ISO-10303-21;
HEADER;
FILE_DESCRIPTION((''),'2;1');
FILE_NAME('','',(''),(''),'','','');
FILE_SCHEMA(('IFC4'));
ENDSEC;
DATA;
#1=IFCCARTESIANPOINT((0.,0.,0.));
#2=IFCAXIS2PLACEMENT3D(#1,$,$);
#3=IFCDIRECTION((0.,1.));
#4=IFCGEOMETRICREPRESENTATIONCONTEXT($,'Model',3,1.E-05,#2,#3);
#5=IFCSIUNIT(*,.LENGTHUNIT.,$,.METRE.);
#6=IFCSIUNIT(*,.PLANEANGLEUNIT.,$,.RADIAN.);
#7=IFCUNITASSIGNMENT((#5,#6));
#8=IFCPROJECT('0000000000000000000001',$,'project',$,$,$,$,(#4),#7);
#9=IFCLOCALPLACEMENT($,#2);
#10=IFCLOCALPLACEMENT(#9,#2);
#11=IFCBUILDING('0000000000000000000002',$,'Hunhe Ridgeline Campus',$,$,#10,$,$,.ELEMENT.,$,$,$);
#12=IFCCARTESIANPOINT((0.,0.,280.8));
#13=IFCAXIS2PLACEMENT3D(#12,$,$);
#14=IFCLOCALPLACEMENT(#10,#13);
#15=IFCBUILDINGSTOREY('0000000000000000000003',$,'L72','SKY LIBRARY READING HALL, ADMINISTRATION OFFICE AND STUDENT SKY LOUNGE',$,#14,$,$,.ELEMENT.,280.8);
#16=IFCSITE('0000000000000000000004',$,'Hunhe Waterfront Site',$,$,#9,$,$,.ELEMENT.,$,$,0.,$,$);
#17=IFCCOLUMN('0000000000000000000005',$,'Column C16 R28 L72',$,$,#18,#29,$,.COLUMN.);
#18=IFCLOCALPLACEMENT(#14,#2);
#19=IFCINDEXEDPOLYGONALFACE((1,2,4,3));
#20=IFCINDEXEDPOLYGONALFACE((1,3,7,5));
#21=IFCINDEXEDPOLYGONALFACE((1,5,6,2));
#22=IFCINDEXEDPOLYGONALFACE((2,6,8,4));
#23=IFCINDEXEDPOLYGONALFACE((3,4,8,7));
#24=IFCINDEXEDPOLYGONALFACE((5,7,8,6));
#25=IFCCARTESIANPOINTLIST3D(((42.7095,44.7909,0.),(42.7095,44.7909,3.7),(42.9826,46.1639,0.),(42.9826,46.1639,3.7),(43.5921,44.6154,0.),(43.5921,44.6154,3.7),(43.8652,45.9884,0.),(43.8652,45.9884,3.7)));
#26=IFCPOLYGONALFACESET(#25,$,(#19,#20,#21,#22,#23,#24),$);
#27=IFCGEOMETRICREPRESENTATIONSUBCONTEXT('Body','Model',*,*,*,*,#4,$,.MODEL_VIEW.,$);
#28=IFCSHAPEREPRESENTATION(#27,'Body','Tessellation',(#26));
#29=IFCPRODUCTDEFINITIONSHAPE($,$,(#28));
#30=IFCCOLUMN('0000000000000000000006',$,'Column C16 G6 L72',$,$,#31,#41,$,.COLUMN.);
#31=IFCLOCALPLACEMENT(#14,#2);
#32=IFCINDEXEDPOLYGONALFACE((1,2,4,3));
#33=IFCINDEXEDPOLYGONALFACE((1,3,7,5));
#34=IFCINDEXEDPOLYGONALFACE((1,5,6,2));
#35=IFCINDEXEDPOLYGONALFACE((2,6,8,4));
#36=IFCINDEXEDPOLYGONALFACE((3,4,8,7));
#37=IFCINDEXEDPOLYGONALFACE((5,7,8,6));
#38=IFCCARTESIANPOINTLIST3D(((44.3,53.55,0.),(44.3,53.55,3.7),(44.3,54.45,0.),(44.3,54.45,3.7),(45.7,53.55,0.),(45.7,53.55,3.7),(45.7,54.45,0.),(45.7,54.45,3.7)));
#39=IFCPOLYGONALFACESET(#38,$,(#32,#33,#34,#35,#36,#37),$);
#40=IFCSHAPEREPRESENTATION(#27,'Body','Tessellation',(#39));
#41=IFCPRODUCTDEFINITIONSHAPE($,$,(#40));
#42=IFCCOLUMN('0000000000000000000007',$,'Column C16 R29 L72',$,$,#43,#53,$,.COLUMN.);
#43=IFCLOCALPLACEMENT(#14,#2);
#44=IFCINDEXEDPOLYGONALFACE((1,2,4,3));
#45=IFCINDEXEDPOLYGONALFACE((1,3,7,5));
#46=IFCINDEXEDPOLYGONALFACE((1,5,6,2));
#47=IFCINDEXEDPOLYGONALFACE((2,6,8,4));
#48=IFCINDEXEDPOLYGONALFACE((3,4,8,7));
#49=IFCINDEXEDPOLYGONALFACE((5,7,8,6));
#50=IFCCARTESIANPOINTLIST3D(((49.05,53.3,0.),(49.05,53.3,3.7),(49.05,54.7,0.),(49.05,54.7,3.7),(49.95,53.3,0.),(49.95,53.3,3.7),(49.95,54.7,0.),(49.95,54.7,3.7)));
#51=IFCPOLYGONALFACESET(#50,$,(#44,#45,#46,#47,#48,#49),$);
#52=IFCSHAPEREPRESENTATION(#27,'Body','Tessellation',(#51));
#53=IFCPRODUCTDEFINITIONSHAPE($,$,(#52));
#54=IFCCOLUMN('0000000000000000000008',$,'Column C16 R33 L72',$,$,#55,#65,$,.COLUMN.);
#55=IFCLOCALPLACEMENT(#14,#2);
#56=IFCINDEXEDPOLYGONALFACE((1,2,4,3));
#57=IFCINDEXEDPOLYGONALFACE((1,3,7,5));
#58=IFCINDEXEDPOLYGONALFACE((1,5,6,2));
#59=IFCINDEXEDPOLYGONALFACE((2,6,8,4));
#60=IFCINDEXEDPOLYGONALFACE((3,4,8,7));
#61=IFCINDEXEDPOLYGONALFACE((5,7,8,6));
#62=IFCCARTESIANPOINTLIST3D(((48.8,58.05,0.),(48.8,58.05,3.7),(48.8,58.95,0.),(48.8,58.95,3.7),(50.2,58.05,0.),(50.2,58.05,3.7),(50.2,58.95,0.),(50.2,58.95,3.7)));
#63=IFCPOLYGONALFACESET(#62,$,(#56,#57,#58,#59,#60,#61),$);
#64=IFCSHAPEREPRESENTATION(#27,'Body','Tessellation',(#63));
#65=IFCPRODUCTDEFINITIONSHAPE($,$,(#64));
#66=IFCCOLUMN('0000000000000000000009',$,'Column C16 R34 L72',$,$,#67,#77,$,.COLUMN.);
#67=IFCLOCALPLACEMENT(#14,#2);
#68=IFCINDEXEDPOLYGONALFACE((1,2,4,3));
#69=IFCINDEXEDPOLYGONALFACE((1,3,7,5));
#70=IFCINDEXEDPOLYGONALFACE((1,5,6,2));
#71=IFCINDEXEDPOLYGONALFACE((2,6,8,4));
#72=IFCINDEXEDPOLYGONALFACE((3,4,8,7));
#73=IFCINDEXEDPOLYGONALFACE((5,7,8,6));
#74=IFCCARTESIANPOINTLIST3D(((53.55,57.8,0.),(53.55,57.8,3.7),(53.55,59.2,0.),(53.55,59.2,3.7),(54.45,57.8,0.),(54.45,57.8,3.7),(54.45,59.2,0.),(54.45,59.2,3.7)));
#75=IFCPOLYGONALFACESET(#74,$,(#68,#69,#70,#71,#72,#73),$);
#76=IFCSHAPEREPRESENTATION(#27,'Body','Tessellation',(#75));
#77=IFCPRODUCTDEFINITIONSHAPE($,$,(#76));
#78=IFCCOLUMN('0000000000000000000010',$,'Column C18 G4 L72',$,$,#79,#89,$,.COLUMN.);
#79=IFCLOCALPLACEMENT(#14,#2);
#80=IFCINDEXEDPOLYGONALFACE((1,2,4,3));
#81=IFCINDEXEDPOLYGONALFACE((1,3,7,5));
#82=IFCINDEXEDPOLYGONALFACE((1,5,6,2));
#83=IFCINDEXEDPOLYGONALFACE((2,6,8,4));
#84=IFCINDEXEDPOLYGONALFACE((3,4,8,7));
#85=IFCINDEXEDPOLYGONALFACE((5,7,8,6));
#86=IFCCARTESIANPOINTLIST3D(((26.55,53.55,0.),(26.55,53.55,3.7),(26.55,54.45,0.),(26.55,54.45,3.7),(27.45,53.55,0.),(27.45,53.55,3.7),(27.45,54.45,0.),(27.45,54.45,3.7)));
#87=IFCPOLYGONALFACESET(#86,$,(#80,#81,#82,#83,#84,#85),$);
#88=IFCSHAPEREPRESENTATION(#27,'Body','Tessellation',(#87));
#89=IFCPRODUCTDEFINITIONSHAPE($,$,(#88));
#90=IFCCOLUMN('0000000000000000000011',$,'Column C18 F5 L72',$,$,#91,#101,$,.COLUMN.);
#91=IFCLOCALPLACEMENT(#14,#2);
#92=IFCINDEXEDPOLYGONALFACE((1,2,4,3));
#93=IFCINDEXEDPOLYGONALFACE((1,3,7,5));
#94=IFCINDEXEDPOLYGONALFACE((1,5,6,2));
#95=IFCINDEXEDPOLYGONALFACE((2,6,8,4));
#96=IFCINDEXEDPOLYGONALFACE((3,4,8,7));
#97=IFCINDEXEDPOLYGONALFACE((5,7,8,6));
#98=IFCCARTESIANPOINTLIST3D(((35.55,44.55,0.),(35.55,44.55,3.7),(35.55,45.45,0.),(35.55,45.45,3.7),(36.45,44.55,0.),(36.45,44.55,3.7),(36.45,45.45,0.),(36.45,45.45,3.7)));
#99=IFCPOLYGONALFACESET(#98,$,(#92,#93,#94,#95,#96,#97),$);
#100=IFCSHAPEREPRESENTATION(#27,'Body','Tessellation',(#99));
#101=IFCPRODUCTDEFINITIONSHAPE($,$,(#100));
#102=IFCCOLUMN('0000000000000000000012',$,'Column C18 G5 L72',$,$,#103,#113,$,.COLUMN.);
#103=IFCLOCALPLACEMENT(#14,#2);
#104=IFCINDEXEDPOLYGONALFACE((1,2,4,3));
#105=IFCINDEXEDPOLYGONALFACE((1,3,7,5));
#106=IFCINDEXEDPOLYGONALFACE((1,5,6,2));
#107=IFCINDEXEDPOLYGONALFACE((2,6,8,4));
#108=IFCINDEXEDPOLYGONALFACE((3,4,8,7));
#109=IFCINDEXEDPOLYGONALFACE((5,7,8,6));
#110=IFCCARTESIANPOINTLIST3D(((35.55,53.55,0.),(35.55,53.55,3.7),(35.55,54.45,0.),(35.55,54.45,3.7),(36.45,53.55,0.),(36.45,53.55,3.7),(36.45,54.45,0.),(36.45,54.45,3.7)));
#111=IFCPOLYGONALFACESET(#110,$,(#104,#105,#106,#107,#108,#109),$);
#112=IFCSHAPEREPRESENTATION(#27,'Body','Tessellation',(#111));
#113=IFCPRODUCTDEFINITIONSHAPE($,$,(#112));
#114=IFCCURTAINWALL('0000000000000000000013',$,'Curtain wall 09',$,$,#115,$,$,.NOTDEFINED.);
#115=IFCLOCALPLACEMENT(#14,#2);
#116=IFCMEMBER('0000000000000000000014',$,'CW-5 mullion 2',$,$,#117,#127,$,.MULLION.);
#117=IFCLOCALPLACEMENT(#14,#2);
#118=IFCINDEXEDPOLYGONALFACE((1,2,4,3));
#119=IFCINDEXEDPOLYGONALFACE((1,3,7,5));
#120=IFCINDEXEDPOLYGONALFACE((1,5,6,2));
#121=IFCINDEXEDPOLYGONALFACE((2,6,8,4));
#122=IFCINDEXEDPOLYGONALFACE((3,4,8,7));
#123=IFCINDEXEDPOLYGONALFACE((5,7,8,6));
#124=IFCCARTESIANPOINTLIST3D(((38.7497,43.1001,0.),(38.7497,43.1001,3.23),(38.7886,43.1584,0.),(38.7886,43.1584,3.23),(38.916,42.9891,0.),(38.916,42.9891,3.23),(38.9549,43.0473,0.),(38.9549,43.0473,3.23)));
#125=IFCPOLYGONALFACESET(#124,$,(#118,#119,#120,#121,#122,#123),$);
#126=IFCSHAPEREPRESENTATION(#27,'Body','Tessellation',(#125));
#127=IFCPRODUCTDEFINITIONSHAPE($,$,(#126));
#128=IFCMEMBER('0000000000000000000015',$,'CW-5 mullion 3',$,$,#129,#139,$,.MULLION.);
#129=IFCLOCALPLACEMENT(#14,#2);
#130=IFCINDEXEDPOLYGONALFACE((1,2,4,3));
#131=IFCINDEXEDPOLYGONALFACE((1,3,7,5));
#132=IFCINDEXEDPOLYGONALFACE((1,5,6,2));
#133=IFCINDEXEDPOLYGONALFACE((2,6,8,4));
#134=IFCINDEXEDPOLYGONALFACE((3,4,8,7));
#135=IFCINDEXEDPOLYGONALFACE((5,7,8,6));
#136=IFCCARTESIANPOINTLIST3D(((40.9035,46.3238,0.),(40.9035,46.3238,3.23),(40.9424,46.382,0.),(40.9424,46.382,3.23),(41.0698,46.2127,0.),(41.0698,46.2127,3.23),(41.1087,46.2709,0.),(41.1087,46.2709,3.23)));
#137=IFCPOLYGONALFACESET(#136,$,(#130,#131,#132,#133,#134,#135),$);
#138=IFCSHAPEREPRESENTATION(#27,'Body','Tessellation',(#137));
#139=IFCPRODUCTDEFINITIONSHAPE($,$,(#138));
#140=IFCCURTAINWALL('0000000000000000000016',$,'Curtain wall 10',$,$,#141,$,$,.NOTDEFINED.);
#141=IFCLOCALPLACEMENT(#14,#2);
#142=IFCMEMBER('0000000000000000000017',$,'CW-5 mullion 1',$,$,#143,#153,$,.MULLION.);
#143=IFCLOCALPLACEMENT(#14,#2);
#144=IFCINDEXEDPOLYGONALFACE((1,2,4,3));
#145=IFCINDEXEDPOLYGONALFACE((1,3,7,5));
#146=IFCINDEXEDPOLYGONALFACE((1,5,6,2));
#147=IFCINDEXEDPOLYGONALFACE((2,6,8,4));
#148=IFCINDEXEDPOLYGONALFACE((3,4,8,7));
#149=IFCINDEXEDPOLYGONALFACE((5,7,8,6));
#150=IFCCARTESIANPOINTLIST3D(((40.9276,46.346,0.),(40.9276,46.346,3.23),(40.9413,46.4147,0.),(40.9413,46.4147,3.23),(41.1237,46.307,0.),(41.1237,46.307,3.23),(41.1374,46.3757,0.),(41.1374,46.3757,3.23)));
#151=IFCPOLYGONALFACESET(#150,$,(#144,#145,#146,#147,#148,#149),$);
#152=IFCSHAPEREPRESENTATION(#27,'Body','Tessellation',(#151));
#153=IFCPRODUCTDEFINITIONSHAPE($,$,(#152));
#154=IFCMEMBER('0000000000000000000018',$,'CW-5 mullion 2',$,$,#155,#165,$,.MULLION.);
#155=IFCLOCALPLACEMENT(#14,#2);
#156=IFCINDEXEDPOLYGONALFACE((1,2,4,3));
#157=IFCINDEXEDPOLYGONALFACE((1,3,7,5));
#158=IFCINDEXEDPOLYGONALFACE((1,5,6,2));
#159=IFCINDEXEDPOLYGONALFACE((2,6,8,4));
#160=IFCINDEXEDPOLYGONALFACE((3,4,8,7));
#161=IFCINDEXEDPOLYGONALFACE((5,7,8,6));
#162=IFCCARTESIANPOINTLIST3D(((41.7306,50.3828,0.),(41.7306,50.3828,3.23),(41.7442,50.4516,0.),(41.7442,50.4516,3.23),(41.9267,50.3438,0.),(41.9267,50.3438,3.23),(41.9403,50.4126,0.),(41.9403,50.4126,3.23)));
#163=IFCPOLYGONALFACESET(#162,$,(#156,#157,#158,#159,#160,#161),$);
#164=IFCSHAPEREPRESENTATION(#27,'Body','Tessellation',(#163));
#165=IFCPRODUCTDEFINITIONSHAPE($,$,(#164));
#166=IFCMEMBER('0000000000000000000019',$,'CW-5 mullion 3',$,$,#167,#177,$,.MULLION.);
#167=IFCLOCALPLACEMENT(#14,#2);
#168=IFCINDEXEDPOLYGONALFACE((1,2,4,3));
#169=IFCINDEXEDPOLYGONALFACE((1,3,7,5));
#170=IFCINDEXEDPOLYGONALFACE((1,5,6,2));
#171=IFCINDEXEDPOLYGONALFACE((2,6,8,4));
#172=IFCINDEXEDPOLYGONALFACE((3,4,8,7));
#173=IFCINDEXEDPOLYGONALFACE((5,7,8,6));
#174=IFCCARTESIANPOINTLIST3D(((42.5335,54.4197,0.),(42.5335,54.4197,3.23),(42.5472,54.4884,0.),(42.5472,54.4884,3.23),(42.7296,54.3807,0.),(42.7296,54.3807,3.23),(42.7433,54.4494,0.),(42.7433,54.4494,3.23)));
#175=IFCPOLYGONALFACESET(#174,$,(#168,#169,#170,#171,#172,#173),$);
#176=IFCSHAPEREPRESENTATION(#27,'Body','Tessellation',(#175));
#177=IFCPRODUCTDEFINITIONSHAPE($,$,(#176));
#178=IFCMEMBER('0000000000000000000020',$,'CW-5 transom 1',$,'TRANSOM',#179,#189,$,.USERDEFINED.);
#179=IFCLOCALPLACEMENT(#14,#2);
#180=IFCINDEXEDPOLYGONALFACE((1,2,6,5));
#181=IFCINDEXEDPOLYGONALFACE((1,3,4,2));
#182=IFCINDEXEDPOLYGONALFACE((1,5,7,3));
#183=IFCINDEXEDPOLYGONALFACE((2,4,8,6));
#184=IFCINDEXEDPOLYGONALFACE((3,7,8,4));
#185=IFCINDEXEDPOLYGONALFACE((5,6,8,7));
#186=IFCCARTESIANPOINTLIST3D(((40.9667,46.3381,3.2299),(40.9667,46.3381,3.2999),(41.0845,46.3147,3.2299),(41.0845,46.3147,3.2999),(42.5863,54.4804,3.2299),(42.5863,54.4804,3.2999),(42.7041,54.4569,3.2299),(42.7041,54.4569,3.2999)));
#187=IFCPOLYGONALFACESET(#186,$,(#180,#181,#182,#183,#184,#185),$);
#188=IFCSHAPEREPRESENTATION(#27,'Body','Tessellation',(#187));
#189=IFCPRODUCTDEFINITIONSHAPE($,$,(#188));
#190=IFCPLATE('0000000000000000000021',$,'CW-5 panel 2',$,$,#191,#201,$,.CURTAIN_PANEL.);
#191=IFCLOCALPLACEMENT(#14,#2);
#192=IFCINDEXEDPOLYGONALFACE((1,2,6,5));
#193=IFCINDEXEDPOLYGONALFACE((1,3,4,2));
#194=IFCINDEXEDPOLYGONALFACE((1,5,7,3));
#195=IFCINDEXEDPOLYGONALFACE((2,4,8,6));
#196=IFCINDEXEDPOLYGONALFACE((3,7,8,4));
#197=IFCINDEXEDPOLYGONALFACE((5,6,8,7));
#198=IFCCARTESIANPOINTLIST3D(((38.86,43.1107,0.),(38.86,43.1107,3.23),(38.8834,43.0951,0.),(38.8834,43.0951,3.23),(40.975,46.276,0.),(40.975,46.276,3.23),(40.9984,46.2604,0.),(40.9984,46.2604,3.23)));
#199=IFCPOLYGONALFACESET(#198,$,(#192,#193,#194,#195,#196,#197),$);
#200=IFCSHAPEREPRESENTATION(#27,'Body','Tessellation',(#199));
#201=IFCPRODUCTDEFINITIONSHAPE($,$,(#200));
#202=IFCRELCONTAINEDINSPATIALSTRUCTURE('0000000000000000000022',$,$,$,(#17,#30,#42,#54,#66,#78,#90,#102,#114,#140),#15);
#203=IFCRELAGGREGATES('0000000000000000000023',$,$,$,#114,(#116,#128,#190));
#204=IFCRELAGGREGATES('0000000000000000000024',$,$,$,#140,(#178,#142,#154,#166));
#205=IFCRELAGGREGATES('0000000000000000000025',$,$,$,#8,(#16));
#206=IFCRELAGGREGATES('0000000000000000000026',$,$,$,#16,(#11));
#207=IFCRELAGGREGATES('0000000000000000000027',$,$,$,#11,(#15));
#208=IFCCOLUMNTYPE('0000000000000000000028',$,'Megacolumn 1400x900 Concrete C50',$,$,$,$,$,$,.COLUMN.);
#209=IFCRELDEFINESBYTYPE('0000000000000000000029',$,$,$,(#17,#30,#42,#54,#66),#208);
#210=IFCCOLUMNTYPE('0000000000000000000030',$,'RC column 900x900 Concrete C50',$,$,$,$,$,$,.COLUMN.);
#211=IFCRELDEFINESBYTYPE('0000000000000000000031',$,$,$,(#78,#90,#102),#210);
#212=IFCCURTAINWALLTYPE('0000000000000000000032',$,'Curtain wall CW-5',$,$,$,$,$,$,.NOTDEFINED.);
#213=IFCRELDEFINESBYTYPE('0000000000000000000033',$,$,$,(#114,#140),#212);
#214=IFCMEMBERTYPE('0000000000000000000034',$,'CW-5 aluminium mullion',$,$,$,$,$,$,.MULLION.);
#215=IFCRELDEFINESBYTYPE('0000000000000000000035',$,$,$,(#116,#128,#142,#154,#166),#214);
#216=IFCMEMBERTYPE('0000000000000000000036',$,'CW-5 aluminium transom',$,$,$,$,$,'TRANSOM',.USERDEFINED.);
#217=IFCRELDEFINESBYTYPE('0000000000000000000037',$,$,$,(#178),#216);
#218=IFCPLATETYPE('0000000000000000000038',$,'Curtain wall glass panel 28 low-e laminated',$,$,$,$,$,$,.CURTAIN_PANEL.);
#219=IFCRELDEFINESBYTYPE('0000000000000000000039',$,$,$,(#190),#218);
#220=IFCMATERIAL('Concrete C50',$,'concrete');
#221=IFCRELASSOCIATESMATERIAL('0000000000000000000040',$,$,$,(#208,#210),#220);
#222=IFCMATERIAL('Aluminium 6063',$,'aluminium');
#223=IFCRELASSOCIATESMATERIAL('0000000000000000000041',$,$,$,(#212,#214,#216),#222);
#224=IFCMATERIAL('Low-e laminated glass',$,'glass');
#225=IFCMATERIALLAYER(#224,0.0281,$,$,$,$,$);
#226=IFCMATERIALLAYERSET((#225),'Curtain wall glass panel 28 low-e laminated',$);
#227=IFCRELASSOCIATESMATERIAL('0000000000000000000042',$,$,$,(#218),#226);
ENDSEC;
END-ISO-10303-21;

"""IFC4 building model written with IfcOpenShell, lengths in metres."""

from ifc_helpers import new_model, si_unit, direction, frame, origin, origin_2d, place, context, subcontext, project, spatial, rectangle, extrude, material, layer, layer_set, material_profile, profile_set, type_object, element, aggregate, save


model = new_model("IFC4")

# Units and contexts
model_context = context("Model", 3, precision=1e-05, world=origin(), true_north=direction((0.0, 1.0)))
body_context = subcontext(model_context, "Body", "Model", "MODEL_VIEW")
ifc_project = project(units=[si_unit("LENGTHUNIT", "METRE"), si_unit("PLANEANGLEUNIT", "RADIAN")], contexts=[model_context])

# Site, building, storey
site_placement = place(None, origin())
site = spatial("IfcSite", under=ifc_project, at=site_placement, Name="Hunhe Waterfront Site", CompositionType="ELEMENT", RefElevation=0.0)
building_placement = place(site_placement, origin())
building = spatial("IfcBuilding", under=site, at=building_placement, Name="Hunhe Ridgeline Campus", CompositionType="ELEMENT")
storey_placement = place(building_placement, frame((0.0, 0.0, 280.8)))
storey = spatial("IfcBuildingStorey", under=building, at=storey_placement, Name="L72", Description="SKY LIBRARY READING HALL, ADMINISTRATION OFFICE AND STUDENT SKY LOUNGE", CompositionType="ELEMENT", Elevation=280.8)

# Columns
ifc_material_1 = material(Name="Concrete C50", Category="concrete")
ifc_material_profile_1 = material_profile(ifc_material_1, rectangle(XDim=1.3999, YDim=0.8999, at=origin_2d()))
ifc_profile_set_1 = profile_set([ifc_material_profile_1], Name="Concrete C50")
column_type_1 = type_object("IfcColumnType", Name="Megacolumn 1400x900 Concrete C50", PredefinedType="COLUMN", material=ifc_profile_set_1)
for number, where, z_axis, x_axis, name in (
    (1, (43.2874, 45.3896, 0.0), (0.0, 0.0, 1.0), (0.19509, 0.980785, 0.0), "Column C16 R28 L72"),
    (2, (45.0, 54.0, 0.0), (0.0, 0.0, 1.0), (1.0, 0.0, 0.0), "Column C16 G6 L72"),
    (3, (49.5, 54.0, 0.0), (0.0, 0.0, 1.0), (0.0, 1.0, 0.0), "Column C16 R29 L72"),
    (4, (49.5, 58.5, 0.0), (0.0, 0.0, 1.0), (1.0, 0.0, 0.0), "Column C16 R33 L72"),
    (5, (54.0, 58.5, 0.0), (0.0, 0.0, 1.0), (0.0, 1.0, 0.0), "Column C16 R34 L72"),
):
    element("IfcColumn", number, at=place(storey_placement, frame(where, z_axis=z_axis, x_axis=x_axis)), inside=storey, type_object=column_type_1, Name=name, PredefinedType="COLUMN", context=body_context, shape_type="SweptSolid", body=[
        extrude(rectangle(XDim=1.3999, YDim=0.8999, at=origin_2d()), origin(), (0.0, 0.0, 1.0), 3.7),
    ])
ifc_material_profile_2 = material_profile(ifc_material_1, rectangle(XDim=0.8999, YDim=0.8999, at=origin_2d()))
ifc_profile_set_2 = profile_set([ifc_material_profile_2], Name="Concrete C50")
column_type_2 = type_object("IfcColumnType", Name="RC column 900x900 Concrete C50", PredefinedType="COLUMN", material=ifc_profile_set_2)
for number, where, z_axis, x_axis, name in (
    (6, (27.0, 54.0, 0.0), (0.0, 0.0, 1.0), (1.0, 0.0, 0.0), "Column C18 G4 L72"),
    (7, (36.0, 45.0, 0.0), (0.0, 0.0, 1.0), (1.0, 0.0, 0.0), "Column C18 F5 L72"),
    (8, (36.0, 54.0, 0.0), (0.0, 0.0, 1.0), (1.0, 0.0, 0.0), "Column C18 G5 L72"),
):
    element("IfcColumn", number, at=place(storey_placement, frame(where, z_axis=z_axis, x_axis=x_axis)), inside=storey, type_object=column_type_2, Name=name, PredefinedType="COLUMN", context=body_context, shape_type="SweptSolid", body=[
        extrude(rectangle(XDim=0.8999, YDim=0.8999, at=origin_2d()), origin(), (0.0, 0.0, 1.0), 3.7),
    ])

# Curtain walls, members
ifc_material_2 = material(Name="Aluminium 6063", Category="aluminium")
curtain_wall_type = type_object("IfcCurtainWallType", Name="Curtain wall CW-5", PredefinedType="NOTDEFINED", material=ifc_material_2)
curtain_wall_1_placement = place(storey_placement, origin())
curtain_wall_1 = element("IfcCurtainWall", 9, at=curtain_wall_1_placement, inside=storey, type_object=curtain_wall_type, Name="Curtain wall 09", PredefinedType="NOTDEFINED")
ifc_material_profile_3 = material_profile(ifc_material_2, rectangle(XDim=0.2, YDim=0.0701, at=origin_2d()))
ifc_profile_set_3 = profile_set([ifc_material_profile_3], Name="Aluminium 6063")
member_type_1 = type_object("IfcMemberType", Name="CW-5 aluminium mullion", PredefinedType="MULLION", material=ifc_profile_set_3)
member_1_placement = place(storey_placement, frame((38.8523, 43.0737, 0.0), z_axis=(0.0, 0.0, 1.0), x_axis=(-0.83147, 0.55557, 0.0)))
member_1 = element("IfcMember", 10, at=member_1_placement, type_object=member_type_1, Name="CW-5 mullion 2", PredefinedType="MULLION", context=body_context, shape_type="SweptSolid", body=[
    extrude(rectangle(XDim=0.2, YDim=0.0701, at=origin_2d()), origin(), (0.0, 0.0, 1.0), 3.23),
])
member_2_placement = place(storey_placement, frame((41.0061, 46.2974, 0.0), z_axis=(0.0, 0.0, 1.0), x_axis=(-0.83147, 0.55557, 0.0)))
member_2 = element("IfcMember", 11, at=member_2_placement, type_object=member_type_1, Name="CW-5 mullion 3", PredefinedType="MULLION", context=body_context, shape_type="SweptSolid", body=[
    extrude(rectangle(XDim=0.2, YDim=0.0701, at=origin_2d()), origin(), (0.0, 0.0, 1.0), 3.23),
])
curtain_wall_2_placement = place(storey_placement, origin())
curtain_wall_2 = element("IfcCurtainWall", 12, at=curtain_wall_2_placement, inside=storey, type_object=curtain_wall_type, Name="Curtain wall 10", PredefinedType="NOTDEFINED")
member_3_placement = place(storey_placement, frame((41.0325, 46.3608, 0.0), z_axis=(0.0, 0.0, 1.0), x_axis=(-0.980783, 0.195104, 0.0)))
member_3 = element("IfcMember", 13, at=member_3_placement, type_object=member_type_1, Name="CW-5 mullion 1", PredefinedType="MULLION", context=body_context, shape_type="SweptSolid", body=[
    extrude(rectangle(XDim=0.2, YDim=0.0701, at=origin_2d()), origin(), (0.0, 0.0, 1.0), 3.23),
])
member_4_placement = place(storey_placement, frame((41.8354, 50.3977, 0.0), z_axis=(0.0, 0.0, 1.0), x_axis=(-0.980783, 0.195104, 0.0)))
member_4 = element("IfcMember", 14, at=member_4_placement, type_object=member_type_1, Name="CW-5 mullion 2", PredefinedType="MULLION", context=body_context, shape_type="SweptSolid", body=[
    extrude(rectangle(XDim=0.2, YDim=0.0701, at=origin_2d()), origin(), (0.0, 0.0, 1.0), 3.23),
])
member_5_placement = place(storey_placement, frame((42.6384, 54.4346, 0.0), z_axis=(0.0, 0.0, 1.0), x_axis=(-0.980783, 0.195104, 0.0)))
member_5 = element("IfcMember", 15, at=member_5_placement, type_object=member_type_1, Name="CW-5 mullion 3", PredefinedType="MULLION", context=body_context, shape_type="SweptSolid", body=[
    extrude(rectangle(XDim=0.2, YDim=0.0701, at=origin_2d()), origin(), (0.0, 0.0, 1.0), 3.23),
])
ifc_material_profile_4 = material_profile(ifc_material_2, rectangle(XDim=0.1201, YDim=0.0701, at=origin_2d()))
ifc_profile_set_4 = profile_set([ifc_material_profile_4], Name="Aluminium 6063")
member_type_2 = type_object("IfcMemberType", Name="CW-5 aluminium transom", ElementType="TRANSOM", PredefinedType="USERDEFINED", material=ifc_profile_set_4)
member_6_placement = place(storey_placement, frame((41.0256, 46.3264, 3.2649), z_axis=(0.195092, 0.980785, 0.0), x_axis=(-0.980785, 0.195092, 0.0)))
member_6 = element("IfcMember", 16, at=member_6_placement, type_object=member_type_2, Name="CW-5 transom 1", ObjectType="TRANSOM", PredefinedType="USERDEFINED", context=body_context, shape_type="SweptSolid", body=[
    extrude(rectangle(XDim=0.1201, YDim=0.0701, at=origin_2d()), origin(), (0.0, 0.0, 1.0), 8.3018),
])

# Plate
ifc_material_3 = material(Name="Low-e laminated glass", Category="glass")
ifc_layer_1 = layer(ifc_material_3, 0.0281)
ifc_layer_set_1 = layer_set([ifc_layer_1], Name="Curtain wall glass panel 28 low-e laminated")
plate_type = type_object("IfcPlateType", Name="Curtain wall glass panel 28 low-e laminated", PredefinedType="CURTAIN_PANEL", material=ifc_layer_set_1)
plate_1_placement = place(storey_placement, frame((39.9292, 44.6855, 0.0), z_axis=(0.0, 0.0, 1.0), x_axis=(0.55557, 0.83147, 0.0)))
plate_1 = element("IfcPlate", 17, at=plate_1_placement, type_object=plate_type, Name="CW-5 panel 2", PredefinedType="CURTAIN_PANEL", context=body_context, shape_type="SweptSolid", body=[
    extrude(rectangle(XDim=3.8069, YDim=0.0281, at=origin_2d()), origin(), (0.0, 0.0, 1.0), 3.23),
])
aggregate(curtain_wall_1, [member_1, member_2, plate_1])
aggregate(curtain_wall_2, [member_6, member_3, member_4, member_5])

save(model, "model.ifc")
